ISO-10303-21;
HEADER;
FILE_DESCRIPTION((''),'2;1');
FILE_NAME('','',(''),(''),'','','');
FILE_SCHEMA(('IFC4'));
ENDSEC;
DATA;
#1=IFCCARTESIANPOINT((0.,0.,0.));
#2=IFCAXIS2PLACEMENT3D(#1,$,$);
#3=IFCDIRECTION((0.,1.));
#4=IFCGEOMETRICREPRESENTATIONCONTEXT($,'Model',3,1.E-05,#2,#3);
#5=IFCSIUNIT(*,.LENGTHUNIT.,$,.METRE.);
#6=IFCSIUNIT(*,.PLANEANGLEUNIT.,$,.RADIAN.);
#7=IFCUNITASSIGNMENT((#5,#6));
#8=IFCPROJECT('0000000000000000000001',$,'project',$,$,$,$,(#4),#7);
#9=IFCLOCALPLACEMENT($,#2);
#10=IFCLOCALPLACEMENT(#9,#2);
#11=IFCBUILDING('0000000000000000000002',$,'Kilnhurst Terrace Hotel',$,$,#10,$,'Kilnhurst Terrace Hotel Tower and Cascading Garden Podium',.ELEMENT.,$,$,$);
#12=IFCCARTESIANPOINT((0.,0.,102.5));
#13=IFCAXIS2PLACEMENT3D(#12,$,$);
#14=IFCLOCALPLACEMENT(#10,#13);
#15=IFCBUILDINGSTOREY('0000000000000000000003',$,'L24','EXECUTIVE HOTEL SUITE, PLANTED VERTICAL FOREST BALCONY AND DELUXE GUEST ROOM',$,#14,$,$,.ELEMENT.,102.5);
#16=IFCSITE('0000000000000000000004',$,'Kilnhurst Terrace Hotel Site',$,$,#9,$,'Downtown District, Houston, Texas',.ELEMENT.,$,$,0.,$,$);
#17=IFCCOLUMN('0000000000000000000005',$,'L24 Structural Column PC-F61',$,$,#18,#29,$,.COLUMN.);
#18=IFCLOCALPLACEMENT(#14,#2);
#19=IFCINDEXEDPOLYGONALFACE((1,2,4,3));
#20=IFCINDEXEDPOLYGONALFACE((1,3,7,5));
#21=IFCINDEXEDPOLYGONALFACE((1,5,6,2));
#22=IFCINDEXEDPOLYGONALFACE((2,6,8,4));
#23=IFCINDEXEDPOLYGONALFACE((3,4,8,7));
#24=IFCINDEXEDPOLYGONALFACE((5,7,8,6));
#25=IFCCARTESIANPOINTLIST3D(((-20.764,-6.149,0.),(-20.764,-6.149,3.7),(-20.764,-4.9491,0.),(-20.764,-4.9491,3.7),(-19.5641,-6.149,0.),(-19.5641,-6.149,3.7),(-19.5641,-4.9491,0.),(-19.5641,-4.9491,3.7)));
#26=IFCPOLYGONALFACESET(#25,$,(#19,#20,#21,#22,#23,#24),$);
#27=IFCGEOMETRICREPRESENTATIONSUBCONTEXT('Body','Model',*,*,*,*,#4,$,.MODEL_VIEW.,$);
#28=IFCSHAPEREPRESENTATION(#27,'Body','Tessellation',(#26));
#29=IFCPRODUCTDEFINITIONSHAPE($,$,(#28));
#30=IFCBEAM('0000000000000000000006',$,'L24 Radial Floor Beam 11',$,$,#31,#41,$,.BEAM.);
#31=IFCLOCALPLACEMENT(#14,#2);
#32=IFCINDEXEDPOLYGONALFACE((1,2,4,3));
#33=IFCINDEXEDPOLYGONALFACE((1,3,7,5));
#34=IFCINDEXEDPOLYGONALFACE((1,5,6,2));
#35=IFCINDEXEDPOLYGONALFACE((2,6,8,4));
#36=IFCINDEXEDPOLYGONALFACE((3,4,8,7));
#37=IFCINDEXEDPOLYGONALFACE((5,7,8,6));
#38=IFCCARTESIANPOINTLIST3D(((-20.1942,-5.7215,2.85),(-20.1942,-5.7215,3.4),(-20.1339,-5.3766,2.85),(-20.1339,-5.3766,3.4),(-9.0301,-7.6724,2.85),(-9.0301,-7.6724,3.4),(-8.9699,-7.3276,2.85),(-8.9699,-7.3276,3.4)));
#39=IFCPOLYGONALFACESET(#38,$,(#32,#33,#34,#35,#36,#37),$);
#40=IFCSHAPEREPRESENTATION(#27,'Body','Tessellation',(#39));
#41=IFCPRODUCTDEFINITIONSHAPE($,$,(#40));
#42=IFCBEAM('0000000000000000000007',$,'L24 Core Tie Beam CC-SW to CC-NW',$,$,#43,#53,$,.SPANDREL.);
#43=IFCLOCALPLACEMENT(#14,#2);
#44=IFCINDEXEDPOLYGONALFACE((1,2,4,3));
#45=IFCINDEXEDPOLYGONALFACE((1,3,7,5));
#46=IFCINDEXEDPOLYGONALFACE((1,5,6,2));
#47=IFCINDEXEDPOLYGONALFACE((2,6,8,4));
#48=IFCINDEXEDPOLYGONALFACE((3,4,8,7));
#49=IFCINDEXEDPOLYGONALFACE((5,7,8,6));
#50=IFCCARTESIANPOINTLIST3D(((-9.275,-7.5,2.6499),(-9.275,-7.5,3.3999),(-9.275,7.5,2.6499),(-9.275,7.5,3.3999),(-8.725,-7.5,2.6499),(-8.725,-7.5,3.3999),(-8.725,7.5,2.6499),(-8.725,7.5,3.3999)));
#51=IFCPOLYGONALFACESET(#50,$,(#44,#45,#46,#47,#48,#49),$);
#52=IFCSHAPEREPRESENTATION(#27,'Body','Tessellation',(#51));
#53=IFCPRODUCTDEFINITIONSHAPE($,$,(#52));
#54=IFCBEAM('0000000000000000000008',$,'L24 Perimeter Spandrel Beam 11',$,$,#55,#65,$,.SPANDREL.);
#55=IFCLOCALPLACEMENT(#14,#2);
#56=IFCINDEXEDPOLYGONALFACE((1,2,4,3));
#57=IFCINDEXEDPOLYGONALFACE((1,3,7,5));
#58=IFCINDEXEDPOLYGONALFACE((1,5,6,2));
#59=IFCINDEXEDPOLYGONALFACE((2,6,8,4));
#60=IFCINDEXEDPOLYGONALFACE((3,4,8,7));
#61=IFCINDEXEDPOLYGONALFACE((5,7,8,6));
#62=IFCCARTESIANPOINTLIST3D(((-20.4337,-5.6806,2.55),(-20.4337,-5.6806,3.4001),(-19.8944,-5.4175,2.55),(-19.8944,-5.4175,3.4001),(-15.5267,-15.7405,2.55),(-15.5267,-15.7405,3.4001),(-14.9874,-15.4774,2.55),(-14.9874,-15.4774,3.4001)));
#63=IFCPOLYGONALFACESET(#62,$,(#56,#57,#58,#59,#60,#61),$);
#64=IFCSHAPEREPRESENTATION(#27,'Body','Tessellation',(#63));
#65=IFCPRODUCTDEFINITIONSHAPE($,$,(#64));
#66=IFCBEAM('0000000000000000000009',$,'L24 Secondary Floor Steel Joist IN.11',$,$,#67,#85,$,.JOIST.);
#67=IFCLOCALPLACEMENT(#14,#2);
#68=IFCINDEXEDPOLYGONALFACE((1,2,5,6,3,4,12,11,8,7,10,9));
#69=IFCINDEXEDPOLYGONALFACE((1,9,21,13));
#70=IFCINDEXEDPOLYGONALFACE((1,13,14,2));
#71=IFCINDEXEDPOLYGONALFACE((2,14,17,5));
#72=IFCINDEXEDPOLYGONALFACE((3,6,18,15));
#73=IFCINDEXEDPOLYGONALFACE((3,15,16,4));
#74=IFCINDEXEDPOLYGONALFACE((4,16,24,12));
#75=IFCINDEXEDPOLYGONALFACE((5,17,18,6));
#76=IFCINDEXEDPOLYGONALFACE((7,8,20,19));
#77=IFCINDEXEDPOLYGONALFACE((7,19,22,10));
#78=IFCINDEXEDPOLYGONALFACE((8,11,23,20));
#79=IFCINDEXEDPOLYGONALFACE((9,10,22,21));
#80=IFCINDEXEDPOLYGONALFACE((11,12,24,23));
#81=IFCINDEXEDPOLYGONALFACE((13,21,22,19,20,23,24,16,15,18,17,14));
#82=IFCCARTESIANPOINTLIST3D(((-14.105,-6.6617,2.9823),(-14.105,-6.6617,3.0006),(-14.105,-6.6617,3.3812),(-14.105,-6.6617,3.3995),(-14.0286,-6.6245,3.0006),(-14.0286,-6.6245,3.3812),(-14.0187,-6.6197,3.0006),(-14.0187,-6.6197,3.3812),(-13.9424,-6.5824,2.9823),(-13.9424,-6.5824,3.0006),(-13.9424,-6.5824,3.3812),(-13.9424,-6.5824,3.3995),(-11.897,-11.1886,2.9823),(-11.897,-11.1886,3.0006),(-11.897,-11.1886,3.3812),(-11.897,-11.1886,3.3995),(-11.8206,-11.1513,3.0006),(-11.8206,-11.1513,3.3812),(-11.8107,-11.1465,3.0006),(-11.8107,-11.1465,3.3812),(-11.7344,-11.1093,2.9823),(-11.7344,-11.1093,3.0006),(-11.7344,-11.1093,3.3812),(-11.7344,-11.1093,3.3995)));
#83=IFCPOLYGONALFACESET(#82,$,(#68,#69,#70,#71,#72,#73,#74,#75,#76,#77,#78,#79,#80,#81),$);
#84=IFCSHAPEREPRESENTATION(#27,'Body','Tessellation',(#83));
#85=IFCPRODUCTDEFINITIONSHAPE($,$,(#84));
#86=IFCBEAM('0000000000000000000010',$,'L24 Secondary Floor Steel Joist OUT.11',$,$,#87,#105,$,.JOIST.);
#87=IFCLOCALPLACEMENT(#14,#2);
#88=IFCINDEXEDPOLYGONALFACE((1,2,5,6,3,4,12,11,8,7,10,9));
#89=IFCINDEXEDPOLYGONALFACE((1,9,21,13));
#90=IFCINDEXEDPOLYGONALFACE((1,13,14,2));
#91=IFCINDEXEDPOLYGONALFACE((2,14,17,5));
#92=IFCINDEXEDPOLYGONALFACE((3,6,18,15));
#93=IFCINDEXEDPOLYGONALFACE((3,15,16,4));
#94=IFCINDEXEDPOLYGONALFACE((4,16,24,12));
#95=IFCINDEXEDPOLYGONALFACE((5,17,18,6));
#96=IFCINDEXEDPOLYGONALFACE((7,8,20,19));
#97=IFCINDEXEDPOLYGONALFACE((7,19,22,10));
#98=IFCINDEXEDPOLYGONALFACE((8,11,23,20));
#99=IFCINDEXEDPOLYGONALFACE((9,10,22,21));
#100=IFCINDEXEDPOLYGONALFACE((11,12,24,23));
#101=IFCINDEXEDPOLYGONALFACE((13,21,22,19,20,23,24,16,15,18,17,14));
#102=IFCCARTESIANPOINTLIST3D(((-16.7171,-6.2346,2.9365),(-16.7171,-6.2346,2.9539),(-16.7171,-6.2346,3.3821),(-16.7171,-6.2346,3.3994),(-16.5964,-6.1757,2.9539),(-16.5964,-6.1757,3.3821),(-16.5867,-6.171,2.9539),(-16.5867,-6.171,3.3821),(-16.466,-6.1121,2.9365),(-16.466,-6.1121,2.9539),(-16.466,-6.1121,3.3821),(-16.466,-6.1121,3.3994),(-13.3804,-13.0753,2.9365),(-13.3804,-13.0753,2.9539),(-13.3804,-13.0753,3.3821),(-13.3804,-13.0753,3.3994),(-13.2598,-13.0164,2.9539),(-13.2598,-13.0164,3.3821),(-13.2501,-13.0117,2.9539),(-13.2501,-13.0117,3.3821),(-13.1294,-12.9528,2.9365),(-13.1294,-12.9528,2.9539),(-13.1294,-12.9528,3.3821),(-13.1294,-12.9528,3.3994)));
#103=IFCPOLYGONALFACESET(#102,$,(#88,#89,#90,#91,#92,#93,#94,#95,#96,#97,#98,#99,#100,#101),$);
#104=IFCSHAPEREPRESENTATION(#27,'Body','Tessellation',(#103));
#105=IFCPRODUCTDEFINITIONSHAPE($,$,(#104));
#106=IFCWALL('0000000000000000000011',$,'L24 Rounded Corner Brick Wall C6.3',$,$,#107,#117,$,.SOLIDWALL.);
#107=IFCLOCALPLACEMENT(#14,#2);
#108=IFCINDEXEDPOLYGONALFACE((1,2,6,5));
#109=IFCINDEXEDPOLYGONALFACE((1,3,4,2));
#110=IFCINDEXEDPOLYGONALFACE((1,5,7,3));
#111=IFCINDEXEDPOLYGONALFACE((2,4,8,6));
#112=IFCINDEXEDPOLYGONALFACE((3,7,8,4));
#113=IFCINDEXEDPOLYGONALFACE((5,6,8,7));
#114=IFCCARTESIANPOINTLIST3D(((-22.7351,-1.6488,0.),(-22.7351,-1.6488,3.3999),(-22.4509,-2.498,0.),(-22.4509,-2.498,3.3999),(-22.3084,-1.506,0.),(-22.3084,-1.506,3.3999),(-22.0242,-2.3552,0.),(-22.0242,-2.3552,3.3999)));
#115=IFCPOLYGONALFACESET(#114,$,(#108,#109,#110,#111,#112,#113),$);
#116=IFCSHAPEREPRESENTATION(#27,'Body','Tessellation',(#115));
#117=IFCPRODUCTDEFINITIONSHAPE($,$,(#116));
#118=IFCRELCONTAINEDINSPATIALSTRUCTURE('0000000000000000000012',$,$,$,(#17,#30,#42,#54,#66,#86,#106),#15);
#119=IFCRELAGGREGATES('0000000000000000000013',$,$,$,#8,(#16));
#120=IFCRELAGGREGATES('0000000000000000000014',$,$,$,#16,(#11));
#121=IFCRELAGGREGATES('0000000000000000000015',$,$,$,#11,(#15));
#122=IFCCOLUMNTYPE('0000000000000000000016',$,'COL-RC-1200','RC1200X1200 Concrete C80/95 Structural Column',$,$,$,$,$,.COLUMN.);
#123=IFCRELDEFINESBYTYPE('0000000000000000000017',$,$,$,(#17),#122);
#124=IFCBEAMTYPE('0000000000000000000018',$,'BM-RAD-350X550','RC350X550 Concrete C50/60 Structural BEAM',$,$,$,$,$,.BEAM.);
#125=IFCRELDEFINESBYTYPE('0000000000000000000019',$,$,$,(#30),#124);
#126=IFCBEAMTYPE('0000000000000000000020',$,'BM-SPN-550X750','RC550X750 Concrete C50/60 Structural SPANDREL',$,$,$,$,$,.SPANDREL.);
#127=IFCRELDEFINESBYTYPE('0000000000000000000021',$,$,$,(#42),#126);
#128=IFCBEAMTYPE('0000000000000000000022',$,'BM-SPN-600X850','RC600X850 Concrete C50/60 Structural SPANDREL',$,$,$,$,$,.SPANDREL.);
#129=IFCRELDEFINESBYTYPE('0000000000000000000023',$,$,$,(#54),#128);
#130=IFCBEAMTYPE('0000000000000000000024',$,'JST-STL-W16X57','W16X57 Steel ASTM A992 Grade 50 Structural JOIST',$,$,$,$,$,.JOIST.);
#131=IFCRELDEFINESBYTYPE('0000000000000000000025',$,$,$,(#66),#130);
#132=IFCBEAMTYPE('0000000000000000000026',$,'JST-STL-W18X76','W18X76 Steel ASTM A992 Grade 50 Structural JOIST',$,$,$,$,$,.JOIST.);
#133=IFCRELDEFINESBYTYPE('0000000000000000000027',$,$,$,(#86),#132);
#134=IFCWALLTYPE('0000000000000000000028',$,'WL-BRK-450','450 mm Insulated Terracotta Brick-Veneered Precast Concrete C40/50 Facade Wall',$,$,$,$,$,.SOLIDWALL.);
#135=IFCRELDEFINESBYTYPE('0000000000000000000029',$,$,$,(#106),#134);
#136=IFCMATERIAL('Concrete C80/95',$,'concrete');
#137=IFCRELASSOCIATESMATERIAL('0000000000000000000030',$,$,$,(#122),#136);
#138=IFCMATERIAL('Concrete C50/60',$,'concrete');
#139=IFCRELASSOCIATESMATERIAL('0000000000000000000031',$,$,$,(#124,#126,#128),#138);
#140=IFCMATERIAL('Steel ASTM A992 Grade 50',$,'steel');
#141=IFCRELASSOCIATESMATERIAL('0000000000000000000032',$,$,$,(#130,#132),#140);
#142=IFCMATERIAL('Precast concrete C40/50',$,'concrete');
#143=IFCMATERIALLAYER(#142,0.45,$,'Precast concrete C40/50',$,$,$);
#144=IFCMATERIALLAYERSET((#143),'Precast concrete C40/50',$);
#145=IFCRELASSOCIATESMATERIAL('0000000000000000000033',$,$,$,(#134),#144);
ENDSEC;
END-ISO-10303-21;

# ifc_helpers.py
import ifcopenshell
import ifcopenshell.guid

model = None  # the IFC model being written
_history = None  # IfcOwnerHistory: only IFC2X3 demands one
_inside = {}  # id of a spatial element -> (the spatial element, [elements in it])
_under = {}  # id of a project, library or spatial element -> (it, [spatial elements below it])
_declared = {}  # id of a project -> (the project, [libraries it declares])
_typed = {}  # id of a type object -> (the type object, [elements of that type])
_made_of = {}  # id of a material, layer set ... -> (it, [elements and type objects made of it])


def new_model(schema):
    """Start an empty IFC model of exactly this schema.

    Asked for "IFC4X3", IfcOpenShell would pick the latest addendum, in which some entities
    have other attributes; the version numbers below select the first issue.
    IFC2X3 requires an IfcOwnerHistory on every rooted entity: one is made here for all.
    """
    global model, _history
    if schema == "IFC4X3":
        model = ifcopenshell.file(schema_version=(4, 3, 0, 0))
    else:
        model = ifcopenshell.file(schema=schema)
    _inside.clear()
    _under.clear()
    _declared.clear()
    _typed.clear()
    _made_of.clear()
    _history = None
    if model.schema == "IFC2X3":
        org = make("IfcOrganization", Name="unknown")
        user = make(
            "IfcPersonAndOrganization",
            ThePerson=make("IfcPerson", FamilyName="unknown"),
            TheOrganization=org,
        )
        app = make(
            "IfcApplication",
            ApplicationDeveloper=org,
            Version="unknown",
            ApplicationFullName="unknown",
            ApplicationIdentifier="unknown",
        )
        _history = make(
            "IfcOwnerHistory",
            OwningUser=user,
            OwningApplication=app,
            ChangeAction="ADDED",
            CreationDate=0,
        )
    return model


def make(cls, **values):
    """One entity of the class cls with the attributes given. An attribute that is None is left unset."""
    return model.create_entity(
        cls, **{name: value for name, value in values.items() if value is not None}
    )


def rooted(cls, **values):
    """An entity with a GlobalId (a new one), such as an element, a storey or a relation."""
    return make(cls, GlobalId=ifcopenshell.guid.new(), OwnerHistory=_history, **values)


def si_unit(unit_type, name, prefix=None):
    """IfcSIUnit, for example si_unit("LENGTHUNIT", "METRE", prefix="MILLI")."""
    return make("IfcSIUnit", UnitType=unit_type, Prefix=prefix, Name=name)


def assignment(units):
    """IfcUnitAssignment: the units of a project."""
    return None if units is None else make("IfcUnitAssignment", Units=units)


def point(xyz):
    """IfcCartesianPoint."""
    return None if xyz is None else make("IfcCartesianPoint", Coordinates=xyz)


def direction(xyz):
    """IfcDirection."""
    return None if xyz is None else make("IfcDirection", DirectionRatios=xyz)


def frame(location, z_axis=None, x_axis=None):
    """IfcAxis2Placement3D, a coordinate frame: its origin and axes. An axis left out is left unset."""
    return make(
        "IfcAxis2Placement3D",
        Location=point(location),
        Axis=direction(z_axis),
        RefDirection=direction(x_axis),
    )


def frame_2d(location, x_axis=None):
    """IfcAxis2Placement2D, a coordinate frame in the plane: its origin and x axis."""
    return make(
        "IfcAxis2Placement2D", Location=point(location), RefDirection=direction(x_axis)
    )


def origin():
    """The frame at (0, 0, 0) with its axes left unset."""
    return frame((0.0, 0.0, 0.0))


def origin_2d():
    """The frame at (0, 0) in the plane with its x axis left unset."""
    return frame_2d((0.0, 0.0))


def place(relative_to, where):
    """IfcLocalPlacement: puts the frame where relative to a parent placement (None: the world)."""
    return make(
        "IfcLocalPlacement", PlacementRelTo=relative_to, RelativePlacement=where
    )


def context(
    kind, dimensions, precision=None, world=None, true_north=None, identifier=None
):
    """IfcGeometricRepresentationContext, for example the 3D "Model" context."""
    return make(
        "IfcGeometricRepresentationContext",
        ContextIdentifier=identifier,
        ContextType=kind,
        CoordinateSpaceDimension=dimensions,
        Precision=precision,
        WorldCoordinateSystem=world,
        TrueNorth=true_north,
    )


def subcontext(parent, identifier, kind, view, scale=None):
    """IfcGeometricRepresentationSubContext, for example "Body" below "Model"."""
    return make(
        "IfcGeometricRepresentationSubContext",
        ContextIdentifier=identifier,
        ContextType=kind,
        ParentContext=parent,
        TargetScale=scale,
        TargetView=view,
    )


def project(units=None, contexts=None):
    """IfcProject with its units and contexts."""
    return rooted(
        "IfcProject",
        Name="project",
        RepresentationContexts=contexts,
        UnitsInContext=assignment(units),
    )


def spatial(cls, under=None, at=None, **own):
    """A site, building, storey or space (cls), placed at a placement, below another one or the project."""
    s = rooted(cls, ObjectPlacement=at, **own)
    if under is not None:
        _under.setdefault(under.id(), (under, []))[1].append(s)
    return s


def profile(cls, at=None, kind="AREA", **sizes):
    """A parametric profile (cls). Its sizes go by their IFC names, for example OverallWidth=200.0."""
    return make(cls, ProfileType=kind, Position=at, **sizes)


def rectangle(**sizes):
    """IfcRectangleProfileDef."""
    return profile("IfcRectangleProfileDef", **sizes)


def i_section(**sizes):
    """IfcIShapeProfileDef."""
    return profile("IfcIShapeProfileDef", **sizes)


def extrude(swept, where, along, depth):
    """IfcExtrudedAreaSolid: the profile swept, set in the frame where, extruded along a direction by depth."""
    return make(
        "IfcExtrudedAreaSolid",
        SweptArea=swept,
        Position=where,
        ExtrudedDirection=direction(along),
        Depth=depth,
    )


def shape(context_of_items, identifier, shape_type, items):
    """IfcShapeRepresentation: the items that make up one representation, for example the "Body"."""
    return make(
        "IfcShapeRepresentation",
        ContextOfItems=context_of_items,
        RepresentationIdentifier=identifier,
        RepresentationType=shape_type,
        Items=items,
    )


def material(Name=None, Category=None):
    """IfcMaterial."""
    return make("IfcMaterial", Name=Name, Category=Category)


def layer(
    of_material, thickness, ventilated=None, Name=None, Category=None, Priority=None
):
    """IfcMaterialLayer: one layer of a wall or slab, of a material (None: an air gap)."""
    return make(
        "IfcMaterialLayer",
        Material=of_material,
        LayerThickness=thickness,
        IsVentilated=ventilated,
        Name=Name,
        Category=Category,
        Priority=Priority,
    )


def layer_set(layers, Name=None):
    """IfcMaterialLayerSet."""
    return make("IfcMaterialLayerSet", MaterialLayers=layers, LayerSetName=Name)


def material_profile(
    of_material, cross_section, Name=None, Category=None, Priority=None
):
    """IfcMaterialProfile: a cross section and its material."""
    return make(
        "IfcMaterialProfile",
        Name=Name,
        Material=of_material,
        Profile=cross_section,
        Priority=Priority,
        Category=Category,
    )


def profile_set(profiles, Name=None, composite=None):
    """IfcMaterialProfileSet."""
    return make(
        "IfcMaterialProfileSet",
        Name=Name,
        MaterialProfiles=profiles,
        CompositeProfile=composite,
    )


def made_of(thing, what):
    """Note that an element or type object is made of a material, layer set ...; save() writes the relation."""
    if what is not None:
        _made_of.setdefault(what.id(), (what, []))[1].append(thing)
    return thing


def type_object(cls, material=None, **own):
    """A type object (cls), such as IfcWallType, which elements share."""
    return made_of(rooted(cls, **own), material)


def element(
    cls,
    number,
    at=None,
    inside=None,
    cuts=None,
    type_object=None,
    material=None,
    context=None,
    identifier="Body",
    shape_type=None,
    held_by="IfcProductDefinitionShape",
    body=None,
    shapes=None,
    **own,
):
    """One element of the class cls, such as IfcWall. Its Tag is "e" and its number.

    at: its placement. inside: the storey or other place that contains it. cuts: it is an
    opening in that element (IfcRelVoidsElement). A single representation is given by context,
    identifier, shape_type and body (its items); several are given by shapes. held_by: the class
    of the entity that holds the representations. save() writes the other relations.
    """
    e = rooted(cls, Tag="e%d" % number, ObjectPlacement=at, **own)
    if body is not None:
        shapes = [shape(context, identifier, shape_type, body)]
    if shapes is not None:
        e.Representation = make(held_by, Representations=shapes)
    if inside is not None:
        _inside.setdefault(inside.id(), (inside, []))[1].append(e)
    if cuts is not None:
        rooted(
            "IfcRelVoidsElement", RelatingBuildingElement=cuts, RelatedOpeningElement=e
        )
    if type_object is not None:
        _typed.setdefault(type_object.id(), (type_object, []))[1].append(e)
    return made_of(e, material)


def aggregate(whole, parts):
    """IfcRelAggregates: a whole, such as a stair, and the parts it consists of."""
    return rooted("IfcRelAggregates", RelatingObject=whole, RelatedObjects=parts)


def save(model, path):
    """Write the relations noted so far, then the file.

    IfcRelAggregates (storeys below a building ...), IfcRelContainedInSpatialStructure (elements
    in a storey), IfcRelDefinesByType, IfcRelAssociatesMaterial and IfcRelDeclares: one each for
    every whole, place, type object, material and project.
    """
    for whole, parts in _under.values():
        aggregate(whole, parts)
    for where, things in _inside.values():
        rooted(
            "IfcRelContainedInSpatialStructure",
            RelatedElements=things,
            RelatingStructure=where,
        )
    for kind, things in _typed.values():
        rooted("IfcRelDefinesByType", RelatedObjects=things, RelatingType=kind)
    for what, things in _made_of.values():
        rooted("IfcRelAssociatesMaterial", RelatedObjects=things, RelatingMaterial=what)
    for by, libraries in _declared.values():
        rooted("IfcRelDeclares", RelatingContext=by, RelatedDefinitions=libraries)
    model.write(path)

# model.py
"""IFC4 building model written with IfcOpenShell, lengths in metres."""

from ifc_helpers import new_model, si_unit, direction, frame, frame_2d, origin, origin_2d, place, context, subcontext, project, spatial, rectangle, i_section, extrude, material, layer, layer_set, material_profile, profile_set, type_object, element, save


model = new_model("IFC4")

# Units and contexts
model_context = context("Model", 3, precision=1e-05, world=origin(), true_north=direction((0.0, 1.0)))
body_context = subcontext(model_context, "Body", "Model", "MODEL_VIEW")
ifc_project = project(units=[si_unit("LENGTHUNIT", "METRE"), si_unit("PLANEANGLEUNIT", "RADIAN")], contexts=[model_context])

# Site, building, storey
site_placement = place(None, origin())
site = spatial("IfcSite", under=ifc_project, at=site_placement, Name="Kilnhurst Terrace Hotel Site", LongName="Downtown District, Houston, Texas", CompositionType="ELEMENT", RefElevation=0.0)
building_placement = place(site_placement, origin())
building = spatial("IfcBuilding", under=site, at=building_placement, Name="Kilnhurst Terrace Hotel", LongName="Kilnhurst Terrace Hotel Tower and Cascading Garden Podium", CompositionType="ELEMENT")
storey_placement = place(building_placement, frame((0.0, 0.0, 102.5)))
storey = spatial("IfcBuildingStorey", under=building, at=storey_placement, Name="L24", Description="EXECUTIVE HOTEL SUITE, PLANTED VERTICAL FOREST BALCONY AND DELUXE GUEST ROOM", CompositionType="ELEMENT", Elevation=102.5)

# Column
ifc_material_1 = material(Name="Concrete C80/95", Category="concrete")
ifc_material_profile_1 = material_profile(ifc_material_1, rectangle(XDim=1.2, YDim=1.2, at=origin_2d()), Name="RC1200X1200")
ifc_profile_set_1 = profile_set([ifc_material_profile_1], Name="Concrete C80/95")
column_type = type_object("IfcColumnType", Name="COL-RC-1200", Description="RC1200X1200 Concrete C80/95 Structural Column", PredefinedType="COLUMN", material=ifc_profile_set_1)
column_placement = place(storey_placement, frame((-20.1641, -5.5491, 0.0), z_axis=(0.0, 0.0, 1.0), x_axis=(1.0, 0.0, 0.0)))
element("IfcColumn", 1, at=column_placement, inside=storey, type_object=column_type, Name="L24 Structural Column PC-F61", PredefinedType="COLUMN", context=body_context, shape_type="SweptSolid", body=[
    extrude(rectangle(XDim=1.2, YDim=1.2, at=origin_2d()), origin(), (0.0, 0.0, 1.0), 3.7),
])

# Beams
ifc_material_2 = material(Name="Concrete C50/60", Category="concrete")
ifc_material_profile_2 = material_profile(ifc_material_2, rectangle(XDim=0.3501, YDim=0.55, at=origin_2d()), Name="RC350X550")
ifc_profile_set_2 = profile_set([ifc_material_profile_2], Name="Concrete C50/60")
beam_type_1 = type_object("IfcBeamType", Name="BM-RAD-350X550", Description="RC350X550 Concrete C50/60 Structural BEAM", PredefinedType="BEAM", material=ifc_profile_set_2)
beam_1_placement = place(storey_placement, frame((-9.0, -7.5, 3.125), z_axis=(-0.985072, 0.172142, 0.0), x_axis=(-0.172142, -0.985072, 0.0)))
element("IfcBeam", 2, at=beam_1_placement, inside=storey, type_object=beam_type_1, Name="L24 Radial Floor Beam 11", PredefinedType="BEAM", context=body_context, shape_type="SweptSolid", body=[
    extrude(rectangle(XDim=0.3501, YDim=0.55, at=origin_2d()), origin(), (0.0, 0.0, 1.0), 11.3333),
])
ifc_material_profile_3 = material_profile(ifc_material_2, rectangle(XDim=0.55, YDim=0.75, at=origin_2d()), Name="RC550X750")
ifc_profile_set_3 = profile_set([ifc_material_profile_3], Name="Concrete C50/60")
beam_type_2 = type_object("IfcBeamType", Name="BM-SPN-550X750", Description="RC550X750 Concrete C50/60 Structural SPANDREL", PredefinedType="SPANDREL", material=ifc_profile_set_3)
beam_2_placement = place(storey_placement, frame((-9.0, -7.5, 3.0249), z_axis=(0.0, 1.0, 0.0), x_axis=(-1.0, 0.0, 0.0)))
element("IfcBeam", 3, at=beam_2_placement, inside=storey, type_object=beam_type_2, Name="L24 Core Tie Beam CC-SW to CC-NW", PredefinedType="SPANDREL", context=body_context, shape_type="SweptSolid", body=[
    extrude(rectangle(XDim=0.55, YDim=0.75, at=origin_2d()), origin(), (0.0, 0.0, 1.0), 15.0),
])
ifc_material_profile_4 = material_profile(ifc_material_2, rectangle(XDim=0.6001, YDim=0.8501, at=origin_2d()), Name="RC600X850")
ifc_profile_set_4 = profile_set([ifc_material_profile_4], Name="Concrete C50/60")
beam_type_3 = type_object("IfcBeamType", Name="BM-SPN-600X850", Description="RC600X850 Concrete C50/60 Structural SPANDREL", PredefinedType="SPANDREL", material=ifc_profile_set_4)
beam_3_placement = place(storey_placement, frame((-20.1641, -5.5491, 2.9751), z_axis=(0.438406, -0.898777, 0.0), x_axis=(0.898777, 0.438406, 0.0)))
element("IfcBeam", 4, at=beam_3_placement, inside=storey, type_object=beam_type_3, Name="L24 Perimeter Spandrel Beam 11", PredefinedType="SPANDREL", context=body_context, shape_type="SweptSolid", body=[
    extrude(rectangle(XDim=0.6001, YDim=0.8501, at=origin_2d()), origin(), (0.0, 0.0, 1.0), 11.1929),
])
ifc_material_3 = material(Name="Steel ASTM A992 Grade 50", Category="steel")
ifc_material_profile_5 = material_profile(ifc_material_3, i_section(OverallWidth=0.1809, OverallDepth=0.4172, WebThickness=0.011, FlangeThickness=0.0183, at=origin_2d()), Name="W16X57")
ifc_profile_set_5 = profile_set([ifc_material_profile_5], Name="Steel ASTM A992 Grade 50")
beam_type_4 = type_object("IfcBeamType", Name="JST-STL-W16X57", Description="W16X57 Steel ASTM A992 Grade 50 Structural JOIST", PredefinedType="JOIST", material=ifc_profile_set_5)
beam_4_placement = place(storey_placement, frame((-14.0237, -6.6221, 3.1909), z_axis=(0.438389, -0.898785, 0.0), x_axis=(0.898785, 0.438389, 0.0)))
element("IfcBeam", 5, at=beam_4_placement, inside=storey, type_object=beam_type_4, Name="L24 Secondary Floor Steel Joist IN.11", PredefinedType="JOIST", context=body_context, shape_type="SweptSolid", body=[
    extrude(i_section(OverallWidth=0.1809, OverallDepth=0.4172, WebThickness=0.011, FlangeThickness=0.0183, at=origin_2d()), origin(), (0.0, 0.0, 1.0), 5.0366),
])
ifc_material_profile_6 = material_profile(ifc_material_3, i_section(OverallWidth=0.2793, OverallDepth=0.4629, WebThickness=0.0107, FlangeThickness=0.0173, at=origin_2d()), Name="W18X76")
ifc_profile_set_6 = profile_set([ifc_material_profile_6], Name="Steel ASTM A992 Grade 50")
beam_type_5 = type_object("IfcBeamType", Name="JST-STL-W18X76", Description="W18X76 Steel ASTM A992 Grade 50 Structural JOIST", PredefinedType="JOIST", material=ifc_profile_set_6)
beam_5_placement = place(storey_placement, frame((-16.5916, -6.1733, 3.168), z_axis=(0.43839, -0.898785, 0.0), x_axis=(0.898785, 0.43839, 0.0)))
element("IfcBeam", 6, at=beam_5_placement, inside=storey, type_object=beam_type_5, Name="L24 Secondary Floor Steel Joist OUT.11", PredefinedType="JOIST", context=body_context, shape_type="SweptSolid", body=[
    extrude(i_section(OverallWidth=0.2793, OverallDepth=0.4629, WebThickness=0.0107, FlangeThickness=0.0173, at=origin_2d()), origin(), (0.0, 0.0, 1.0), 7.6111),
])

# Wall
ifc_material_4 = material(Name="Precast concrete C40/50", Category="concrete")
ifc_layer_1 = layer(ifc_material_4, 0.45, Name="Precast concrete C40/50")
ifc_layer_set_1 = layer_set([ifc_layer_1], Name="Precast concrete C40/50")
wall_type_1 = type_object("IfcWallType", Name="WL-BRK-450", Description="450 mm Insulated Terracotta Brick-Veneered Precast Concrete C40/50 Facade Wall", PredefinedType="SOLIDWALL", material=ifc_layer_set_1)
wall_1_placement = place(storey_placement, frame((-22.5217, -1.5774, 0.0), z_axis=(0.0, 0.0, 1.0), x_axis=(0.317373, -0.948301, 0.0)))
element("IfcWall", 7, at=wall_1_placement, inside=storey, type_object=wall_type_1, Name="L24 Rounded Corner Brick Wall C6.3", PredefinedType="SOLIDWALL", context=body_context, shape_type="SweptSolid", body=[
    extrude(rectangle(XDim=0.8955, YDim=0.45, at=frame_2d((0.4478, 0.0))), origin(), (0.0, 0.0, 1.0), 3.3999),
])

save(model, "model.ifc")
